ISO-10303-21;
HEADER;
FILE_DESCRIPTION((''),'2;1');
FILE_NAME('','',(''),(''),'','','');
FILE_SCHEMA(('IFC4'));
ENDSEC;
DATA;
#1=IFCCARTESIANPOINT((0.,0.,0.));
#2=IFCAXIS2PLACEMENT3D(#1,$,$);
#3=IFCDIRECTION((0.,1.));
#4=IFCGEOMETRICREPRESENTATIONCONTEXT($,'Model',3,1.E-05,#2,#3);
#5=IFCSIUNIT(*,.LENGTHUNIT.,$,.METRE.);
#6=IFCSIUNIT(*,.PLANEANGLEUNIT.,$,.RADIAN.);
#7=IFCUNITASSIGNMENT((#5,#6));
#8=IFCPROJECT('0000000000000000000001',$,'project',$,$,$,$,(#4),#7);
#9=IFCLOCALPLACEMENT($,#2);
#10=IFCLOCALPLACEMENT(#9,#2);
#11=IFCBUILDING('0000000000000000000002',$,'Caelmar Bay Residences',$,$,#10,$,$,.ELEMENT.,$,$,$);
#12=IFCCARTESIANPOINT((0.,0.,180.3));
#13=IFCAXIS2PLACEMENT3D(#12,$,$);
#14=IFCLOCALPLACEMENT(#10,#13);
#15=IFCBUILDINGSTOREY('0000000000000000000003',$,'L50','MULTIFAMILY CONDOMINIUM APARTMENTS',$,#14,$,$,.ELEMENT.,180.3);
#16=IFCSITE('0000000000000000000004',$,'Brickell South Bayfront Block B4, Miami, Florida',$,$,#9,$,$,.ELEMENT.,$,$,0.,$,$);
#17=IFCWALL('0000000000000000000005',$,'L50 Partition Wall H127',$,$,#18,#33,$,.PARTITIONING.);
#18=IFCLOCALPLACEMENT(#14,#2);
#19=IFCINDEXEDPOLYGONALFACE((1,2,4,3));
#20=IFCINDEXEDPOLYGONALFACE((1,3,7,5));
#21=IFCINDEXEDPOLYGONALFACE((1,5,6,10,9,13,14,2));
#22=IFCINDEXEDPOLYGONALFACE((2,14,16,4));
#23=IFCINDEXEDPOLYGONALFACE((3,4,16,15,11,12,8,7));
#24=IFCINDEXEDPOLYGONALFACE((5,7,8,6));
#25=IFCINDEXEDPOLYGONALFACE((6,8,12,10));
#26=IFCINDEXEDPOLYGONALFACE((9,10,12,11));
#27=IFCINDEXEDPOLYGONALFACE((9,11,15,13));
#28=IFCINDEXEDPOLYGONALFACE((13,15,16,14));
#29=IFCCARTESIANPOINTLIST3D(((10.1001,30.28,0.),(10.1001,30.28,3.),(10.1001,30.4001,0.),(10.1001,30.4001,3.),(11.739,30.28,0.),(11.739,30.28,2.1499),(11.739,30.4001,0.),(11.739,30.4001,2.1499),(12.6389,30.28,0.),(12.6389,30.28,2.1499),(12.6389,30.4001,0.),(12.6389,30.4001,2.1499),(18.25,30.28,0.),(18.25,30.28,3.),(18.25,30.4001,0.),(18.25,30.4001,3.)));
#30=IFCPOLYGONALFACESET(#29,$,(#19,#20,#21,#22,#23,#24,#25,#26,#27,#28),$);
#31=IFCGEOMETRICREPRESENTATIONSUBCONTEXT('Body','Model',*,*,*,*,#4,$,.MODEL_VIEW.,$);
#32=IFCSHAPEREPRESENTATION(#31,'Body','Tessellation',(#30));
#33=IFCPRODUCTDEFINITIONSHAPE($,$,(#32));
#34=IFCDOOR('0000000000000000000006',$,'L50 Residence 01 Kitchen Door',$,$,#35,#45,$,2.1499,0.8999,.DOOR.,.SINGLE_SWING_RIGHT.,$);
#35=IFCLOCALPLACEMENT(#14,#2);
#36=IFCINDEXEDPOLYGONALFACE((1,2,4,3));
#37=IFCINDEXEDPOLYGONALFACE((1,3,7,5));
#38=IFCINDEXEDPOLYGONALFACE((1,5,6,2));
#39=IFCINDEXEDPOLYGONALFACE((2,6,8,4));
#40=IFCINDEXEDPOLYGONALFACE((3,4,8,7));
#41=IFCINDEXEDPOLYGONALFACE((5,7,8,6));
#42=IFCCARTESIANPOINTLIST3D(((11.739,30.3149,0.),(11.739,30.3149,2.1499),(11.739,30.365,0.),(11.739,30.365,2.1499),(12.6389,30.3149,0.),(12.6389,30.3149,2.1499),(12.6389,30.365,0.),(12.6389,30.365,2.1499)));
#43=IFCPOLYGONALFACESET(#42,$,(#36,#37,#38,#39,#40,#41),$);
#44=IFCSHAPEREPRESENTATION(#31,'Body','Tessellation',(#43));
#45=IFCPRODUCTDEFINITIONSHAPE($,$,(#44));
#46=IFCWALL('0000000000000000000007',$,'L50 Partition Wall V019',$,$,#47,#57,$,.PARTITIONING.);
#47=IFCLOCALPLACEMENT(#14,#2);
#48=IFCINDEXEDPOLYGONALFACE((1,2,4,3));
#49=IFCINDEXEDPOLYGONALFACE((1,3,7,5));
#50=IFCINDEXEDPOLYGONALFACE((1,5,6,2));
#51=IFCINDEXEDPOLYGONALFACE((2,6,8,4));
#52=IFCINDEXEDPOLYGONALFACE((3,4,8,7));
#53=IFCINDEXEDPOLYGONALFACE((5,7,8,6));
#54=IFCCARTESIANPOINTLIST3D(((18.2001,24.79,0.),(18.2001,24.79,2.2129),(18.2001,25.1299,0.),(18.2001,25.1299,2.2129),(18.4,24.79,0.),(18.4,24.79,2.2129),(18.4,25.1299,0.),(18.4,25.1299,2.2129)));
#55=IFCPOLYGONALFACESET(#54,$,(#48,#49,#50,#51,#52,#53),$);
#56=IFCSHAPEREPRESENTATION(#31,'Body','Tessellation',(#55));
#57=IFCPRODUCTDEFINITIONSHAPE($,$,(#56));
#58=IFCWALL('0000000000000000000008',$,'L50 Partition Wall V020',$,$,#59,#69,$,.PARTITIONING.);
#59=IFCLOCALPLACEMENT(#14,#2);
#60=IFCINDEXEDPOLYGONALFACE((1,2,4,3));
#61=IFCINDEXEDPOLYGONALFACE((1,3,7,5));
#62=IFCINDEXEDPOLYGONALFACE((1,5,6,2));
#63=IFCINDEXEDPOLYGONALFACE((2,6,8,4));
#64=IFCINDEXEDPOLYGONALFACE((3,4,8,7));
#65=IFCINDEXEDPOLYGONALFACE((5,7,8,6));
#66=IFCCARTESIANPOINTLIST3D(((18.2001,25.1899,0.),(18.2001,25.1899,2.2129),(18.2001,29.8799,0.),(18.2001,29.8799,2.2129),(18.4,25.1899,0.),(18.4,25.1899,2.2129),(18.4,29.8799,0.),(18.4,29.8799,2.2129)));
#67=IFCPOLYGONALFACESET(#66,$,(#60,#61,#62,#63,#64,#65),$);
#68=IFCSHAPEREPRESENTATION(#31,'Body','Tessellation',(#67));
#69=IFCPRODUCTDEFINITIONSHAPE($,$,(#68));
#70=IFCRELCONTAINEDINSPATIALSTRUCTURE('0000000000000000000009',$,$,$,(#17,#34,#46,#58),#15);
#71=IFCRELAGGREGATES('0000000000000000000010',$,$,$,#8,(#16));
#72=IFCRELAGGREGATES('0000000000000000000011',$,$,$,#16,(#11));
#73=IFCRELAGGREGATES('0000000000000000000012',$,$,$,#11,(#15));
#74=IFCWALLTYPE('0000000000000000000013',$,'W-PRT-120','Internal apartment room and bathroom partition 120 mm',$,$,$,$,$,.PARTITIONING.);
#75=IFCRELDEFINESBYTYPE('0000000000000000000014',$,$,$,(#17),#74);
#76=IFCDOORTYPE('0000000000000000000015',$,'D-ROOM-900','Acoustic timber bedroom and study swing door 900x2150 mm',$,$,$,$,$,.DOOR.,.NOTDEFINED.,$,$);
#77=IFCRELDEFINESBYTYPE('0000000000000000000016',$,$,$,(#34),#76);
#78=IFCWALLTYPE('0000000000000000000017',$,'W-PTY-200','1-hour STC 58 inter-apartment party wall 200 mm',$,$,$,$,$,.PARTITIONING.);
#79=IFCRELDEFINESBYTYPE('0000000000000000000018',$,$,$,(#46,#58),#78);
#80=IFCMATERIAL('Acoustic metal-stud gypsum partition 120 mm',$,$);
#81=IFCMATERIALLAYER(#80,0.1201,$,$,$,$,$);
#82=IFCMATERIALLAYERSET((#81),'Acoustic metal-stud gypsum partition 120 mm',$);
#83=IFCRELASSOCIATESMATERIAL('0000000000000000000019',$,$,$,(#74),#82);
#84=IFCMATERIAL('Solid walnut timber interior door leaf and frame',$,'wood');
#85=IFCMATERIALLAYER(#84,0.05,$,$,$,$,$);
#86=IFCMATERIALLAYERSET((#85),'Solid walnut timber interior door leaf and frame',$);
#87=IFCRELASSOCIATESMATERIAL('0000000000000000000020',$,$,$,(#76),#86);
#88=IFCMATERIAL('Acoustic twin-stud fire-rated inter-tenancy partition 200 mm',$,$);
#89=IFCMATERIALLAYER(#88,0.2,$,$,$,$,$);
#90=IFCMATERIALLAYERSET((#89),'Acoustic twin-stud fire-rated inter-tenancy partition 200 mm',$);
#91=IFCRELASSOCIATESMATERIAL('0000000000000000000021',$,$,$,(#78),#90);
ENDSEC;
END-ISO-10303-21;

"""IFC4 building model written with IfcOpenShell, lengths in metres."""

from ifc_helpers import new_model, si_unit, direction, frame, frame_2d, origin, place, context, subcontext, project, spatial, rectangle, extrude, material, layer, layer_set, type_object, element, fill, save


model = new_model("IFC4")

# Units and contexts
model_context = context("Model", 3, precision=1e-05, world=origin(), true_north=direction((0.0, 1.0)))
body_context = subcontext(model_context, "Body", "Model", "MODEL_VIEW")
ifc_project = project(units=[si_unit("LENGTHUNIT", "METRE"), si_unit("PLANEANGLEUNIT", "RADIAN")], contexts=[model_context])

# Site, building, storey
site_placement = place(None, origin())
site = spatial("IfcSite", under=ifc_project, at=site_placement, Name="Brickell South Bayfront Block B4, Miami, Florida", CompositionType="ELEMENT", RefElevation=0.0)
building_placement = place(site_placement, origin())
building = spatial("IfcBuilding", under=site, at=building_placement, Name="Caelmar Bay Residences", CompositionType="ELEMENT")
storey_placement = place(building_placement, frame((0.0, 0.0, 180.3)))
storey = spatial("IfcBuildingStorey", under=building, at=storey_placement, Name="L50", Description="MULTIFAMILY CONDOMINIUM APARTMENTS", CompositionType="ELEMENT", Elevation=180.3)

# Shared definitions
ifc_material_1 = material(Name="Acoustic metal-stud gypsum partition 120 mm")
ifc_layer_1 = layer(ifc_material_1, 0.1201)
ifc_layer_set_1 = layer_set([ifc_layer_1], Name="Acoustic metal-stud gypsum partition 120 mm")
wall_type_1 = type_object("IfcWallType", Name="W-PRT-120", Description="Internal apartment room and bathroom partition 120 mm", PredefinedType="PARTITIONING", material=ifc_layer_set_1)

# Shared definitions
ifc_material_2 = material(Name="Solid walnut timber interior door leaf and frame", Category="wood")
ifc_layer_2 = layer(ifc_material_2, 0.05)
ifc_layer_set_2 = layer_set([ifc_layer_2], Name="Solid walnut timber interior door leaf and frame")
door_type = type_object("IfcDoorType", Name="D-ROOM-900", Description="Acoustic timber bedroom and study swing door 900x2150 mm", OperationType="NOTDEFINED", PredefinedType="DOOR", material=ifc_layer_set_2)

# Wall, opening, door
wall_1_placement = place(storey_placement, frame((10.1001, 30.3401, 0.0), z_axis=(0.0, 0.0, 1.0), x_axis=(1.0, 0.0, 0.0)))
wall_1 = element("IfcWall", 1, at=wall_1_placement, inside=storey, type_object=wall_type_1, Name="L50 Partition Wall H127", PredefinedType="PARTITIONING", context=body_context, shape_type="SweptSolid", body=[
    extrude(rectangle(XDim=8.1499, YDim=0.1201, at=frame_2d((4.075, 0.0))), origin(), (0.0, 0.0, 1.0), 3.0),
])
opening_1_placement = place(wall_1_placement, frame((1.6389, 0.0, 0.0)))
opening_1 = element("IfcOpeningElement", 2, at=opening_1_placement, cuts=wall_1, PredefinedType="OPENING", context=body_context, shape_type="SweptSolid", body=[
    extrude(rectangle(XDim=0.8999, YDim=2.1499, at=frame_2d((0.45, 1.075))), frame((0.0, 0.0701, 0.0), z_axis=(0.0, -1.0, 0.0), x_axis=(1.0, 0.0, 0.0)), (0.0, 0.0, 1.0), 0.1401),
])
door_1_placement = place(opening_1_placement, origin())
door_1 = element("IfcDoor", 3, at=door_1_placement, inside=storey, type_object=door_type, Name="L50 Residence 01 Kitchen Door", OperationType="SINGLE_SWING_RIGHT", OverallHeight=2.1499, OverallWidth=0.8999, PredefinedType="DOOR", context=body_context, shape_type="SweptSolid", body=[
    extrude(rectangle(XDim=0.8999, YDim=2.1499, at=frame_2d((0.45, 1.075))), frame((0.0, 0.0249, 0.0), z_axis=(0.0, -1.0, 0.0), x_axis=(1.0, 0.0, 0.0)), (0.0, 0.0, 1.0), 0.05),
])
fill(opening_1, door_1)

# Walls
ifc_material_3 = material(Name="Acoustic twin-stud fire-rated inter-tenancy partition 200 mm")
ifc_layer_3 = layer(ifc_material_3, 0.2)
ifc_layer_set_3 = layer_set([ifc_layer_3], Name="Acoustic twin-stud fire-rated inter-tenancy partition 200 mm")
wall_type_2 = type_object("IfcWallType", Name="W-PTY-200", Description="1-hour STC 58 inter-apartment party wall 200 mm", PredefinedType="PARTITIONING", material=ifc_layer_set_3)
wall_2_placement = place(storey_placement, frame((18.3, 24.79, 0.0), z_axis=(0.0, 0.0, 1.0), x_axis=(0.0, 1.0, 0.0)))
element("IfcWall", 4, at=wall_2_placement, inside=storey, type_object=wall_type_2, Name="L50 Partition Wall V019", PredefinedType="PARTITIONING", context=body_context, shape_type="SweptSolid", body=[
    extrude(rectangle(XDim=0.3398, YDim=0.2, at=frame_2d((0.1699, 0.0))), origin(), (0.0, 0.0, 1.0), 2.2129),
])
wall_3_placement = place(storey_placement, frame((18.3, 25.1899, 0.0), z_axis=(0.0, 0.0, 1.0), x_axis=(0.0, 1.0, 0.0)))
element("IfcWall", 5, at=wall_3_placement, inside=storey, type_object=wall_type_2, Name="L50 Partition Wall V020", PredefinedType="PARTITIONING", context=body_context, shape_type="SweptSolid", body=[
    extrude(rectangle(XDim=4.6899, YDim=0.2, at=frame_2d((2.345, 0.0))), origin(), (0.0, 0.0, 1.0), 2.2129),
])

save(model, "model.ifc")
